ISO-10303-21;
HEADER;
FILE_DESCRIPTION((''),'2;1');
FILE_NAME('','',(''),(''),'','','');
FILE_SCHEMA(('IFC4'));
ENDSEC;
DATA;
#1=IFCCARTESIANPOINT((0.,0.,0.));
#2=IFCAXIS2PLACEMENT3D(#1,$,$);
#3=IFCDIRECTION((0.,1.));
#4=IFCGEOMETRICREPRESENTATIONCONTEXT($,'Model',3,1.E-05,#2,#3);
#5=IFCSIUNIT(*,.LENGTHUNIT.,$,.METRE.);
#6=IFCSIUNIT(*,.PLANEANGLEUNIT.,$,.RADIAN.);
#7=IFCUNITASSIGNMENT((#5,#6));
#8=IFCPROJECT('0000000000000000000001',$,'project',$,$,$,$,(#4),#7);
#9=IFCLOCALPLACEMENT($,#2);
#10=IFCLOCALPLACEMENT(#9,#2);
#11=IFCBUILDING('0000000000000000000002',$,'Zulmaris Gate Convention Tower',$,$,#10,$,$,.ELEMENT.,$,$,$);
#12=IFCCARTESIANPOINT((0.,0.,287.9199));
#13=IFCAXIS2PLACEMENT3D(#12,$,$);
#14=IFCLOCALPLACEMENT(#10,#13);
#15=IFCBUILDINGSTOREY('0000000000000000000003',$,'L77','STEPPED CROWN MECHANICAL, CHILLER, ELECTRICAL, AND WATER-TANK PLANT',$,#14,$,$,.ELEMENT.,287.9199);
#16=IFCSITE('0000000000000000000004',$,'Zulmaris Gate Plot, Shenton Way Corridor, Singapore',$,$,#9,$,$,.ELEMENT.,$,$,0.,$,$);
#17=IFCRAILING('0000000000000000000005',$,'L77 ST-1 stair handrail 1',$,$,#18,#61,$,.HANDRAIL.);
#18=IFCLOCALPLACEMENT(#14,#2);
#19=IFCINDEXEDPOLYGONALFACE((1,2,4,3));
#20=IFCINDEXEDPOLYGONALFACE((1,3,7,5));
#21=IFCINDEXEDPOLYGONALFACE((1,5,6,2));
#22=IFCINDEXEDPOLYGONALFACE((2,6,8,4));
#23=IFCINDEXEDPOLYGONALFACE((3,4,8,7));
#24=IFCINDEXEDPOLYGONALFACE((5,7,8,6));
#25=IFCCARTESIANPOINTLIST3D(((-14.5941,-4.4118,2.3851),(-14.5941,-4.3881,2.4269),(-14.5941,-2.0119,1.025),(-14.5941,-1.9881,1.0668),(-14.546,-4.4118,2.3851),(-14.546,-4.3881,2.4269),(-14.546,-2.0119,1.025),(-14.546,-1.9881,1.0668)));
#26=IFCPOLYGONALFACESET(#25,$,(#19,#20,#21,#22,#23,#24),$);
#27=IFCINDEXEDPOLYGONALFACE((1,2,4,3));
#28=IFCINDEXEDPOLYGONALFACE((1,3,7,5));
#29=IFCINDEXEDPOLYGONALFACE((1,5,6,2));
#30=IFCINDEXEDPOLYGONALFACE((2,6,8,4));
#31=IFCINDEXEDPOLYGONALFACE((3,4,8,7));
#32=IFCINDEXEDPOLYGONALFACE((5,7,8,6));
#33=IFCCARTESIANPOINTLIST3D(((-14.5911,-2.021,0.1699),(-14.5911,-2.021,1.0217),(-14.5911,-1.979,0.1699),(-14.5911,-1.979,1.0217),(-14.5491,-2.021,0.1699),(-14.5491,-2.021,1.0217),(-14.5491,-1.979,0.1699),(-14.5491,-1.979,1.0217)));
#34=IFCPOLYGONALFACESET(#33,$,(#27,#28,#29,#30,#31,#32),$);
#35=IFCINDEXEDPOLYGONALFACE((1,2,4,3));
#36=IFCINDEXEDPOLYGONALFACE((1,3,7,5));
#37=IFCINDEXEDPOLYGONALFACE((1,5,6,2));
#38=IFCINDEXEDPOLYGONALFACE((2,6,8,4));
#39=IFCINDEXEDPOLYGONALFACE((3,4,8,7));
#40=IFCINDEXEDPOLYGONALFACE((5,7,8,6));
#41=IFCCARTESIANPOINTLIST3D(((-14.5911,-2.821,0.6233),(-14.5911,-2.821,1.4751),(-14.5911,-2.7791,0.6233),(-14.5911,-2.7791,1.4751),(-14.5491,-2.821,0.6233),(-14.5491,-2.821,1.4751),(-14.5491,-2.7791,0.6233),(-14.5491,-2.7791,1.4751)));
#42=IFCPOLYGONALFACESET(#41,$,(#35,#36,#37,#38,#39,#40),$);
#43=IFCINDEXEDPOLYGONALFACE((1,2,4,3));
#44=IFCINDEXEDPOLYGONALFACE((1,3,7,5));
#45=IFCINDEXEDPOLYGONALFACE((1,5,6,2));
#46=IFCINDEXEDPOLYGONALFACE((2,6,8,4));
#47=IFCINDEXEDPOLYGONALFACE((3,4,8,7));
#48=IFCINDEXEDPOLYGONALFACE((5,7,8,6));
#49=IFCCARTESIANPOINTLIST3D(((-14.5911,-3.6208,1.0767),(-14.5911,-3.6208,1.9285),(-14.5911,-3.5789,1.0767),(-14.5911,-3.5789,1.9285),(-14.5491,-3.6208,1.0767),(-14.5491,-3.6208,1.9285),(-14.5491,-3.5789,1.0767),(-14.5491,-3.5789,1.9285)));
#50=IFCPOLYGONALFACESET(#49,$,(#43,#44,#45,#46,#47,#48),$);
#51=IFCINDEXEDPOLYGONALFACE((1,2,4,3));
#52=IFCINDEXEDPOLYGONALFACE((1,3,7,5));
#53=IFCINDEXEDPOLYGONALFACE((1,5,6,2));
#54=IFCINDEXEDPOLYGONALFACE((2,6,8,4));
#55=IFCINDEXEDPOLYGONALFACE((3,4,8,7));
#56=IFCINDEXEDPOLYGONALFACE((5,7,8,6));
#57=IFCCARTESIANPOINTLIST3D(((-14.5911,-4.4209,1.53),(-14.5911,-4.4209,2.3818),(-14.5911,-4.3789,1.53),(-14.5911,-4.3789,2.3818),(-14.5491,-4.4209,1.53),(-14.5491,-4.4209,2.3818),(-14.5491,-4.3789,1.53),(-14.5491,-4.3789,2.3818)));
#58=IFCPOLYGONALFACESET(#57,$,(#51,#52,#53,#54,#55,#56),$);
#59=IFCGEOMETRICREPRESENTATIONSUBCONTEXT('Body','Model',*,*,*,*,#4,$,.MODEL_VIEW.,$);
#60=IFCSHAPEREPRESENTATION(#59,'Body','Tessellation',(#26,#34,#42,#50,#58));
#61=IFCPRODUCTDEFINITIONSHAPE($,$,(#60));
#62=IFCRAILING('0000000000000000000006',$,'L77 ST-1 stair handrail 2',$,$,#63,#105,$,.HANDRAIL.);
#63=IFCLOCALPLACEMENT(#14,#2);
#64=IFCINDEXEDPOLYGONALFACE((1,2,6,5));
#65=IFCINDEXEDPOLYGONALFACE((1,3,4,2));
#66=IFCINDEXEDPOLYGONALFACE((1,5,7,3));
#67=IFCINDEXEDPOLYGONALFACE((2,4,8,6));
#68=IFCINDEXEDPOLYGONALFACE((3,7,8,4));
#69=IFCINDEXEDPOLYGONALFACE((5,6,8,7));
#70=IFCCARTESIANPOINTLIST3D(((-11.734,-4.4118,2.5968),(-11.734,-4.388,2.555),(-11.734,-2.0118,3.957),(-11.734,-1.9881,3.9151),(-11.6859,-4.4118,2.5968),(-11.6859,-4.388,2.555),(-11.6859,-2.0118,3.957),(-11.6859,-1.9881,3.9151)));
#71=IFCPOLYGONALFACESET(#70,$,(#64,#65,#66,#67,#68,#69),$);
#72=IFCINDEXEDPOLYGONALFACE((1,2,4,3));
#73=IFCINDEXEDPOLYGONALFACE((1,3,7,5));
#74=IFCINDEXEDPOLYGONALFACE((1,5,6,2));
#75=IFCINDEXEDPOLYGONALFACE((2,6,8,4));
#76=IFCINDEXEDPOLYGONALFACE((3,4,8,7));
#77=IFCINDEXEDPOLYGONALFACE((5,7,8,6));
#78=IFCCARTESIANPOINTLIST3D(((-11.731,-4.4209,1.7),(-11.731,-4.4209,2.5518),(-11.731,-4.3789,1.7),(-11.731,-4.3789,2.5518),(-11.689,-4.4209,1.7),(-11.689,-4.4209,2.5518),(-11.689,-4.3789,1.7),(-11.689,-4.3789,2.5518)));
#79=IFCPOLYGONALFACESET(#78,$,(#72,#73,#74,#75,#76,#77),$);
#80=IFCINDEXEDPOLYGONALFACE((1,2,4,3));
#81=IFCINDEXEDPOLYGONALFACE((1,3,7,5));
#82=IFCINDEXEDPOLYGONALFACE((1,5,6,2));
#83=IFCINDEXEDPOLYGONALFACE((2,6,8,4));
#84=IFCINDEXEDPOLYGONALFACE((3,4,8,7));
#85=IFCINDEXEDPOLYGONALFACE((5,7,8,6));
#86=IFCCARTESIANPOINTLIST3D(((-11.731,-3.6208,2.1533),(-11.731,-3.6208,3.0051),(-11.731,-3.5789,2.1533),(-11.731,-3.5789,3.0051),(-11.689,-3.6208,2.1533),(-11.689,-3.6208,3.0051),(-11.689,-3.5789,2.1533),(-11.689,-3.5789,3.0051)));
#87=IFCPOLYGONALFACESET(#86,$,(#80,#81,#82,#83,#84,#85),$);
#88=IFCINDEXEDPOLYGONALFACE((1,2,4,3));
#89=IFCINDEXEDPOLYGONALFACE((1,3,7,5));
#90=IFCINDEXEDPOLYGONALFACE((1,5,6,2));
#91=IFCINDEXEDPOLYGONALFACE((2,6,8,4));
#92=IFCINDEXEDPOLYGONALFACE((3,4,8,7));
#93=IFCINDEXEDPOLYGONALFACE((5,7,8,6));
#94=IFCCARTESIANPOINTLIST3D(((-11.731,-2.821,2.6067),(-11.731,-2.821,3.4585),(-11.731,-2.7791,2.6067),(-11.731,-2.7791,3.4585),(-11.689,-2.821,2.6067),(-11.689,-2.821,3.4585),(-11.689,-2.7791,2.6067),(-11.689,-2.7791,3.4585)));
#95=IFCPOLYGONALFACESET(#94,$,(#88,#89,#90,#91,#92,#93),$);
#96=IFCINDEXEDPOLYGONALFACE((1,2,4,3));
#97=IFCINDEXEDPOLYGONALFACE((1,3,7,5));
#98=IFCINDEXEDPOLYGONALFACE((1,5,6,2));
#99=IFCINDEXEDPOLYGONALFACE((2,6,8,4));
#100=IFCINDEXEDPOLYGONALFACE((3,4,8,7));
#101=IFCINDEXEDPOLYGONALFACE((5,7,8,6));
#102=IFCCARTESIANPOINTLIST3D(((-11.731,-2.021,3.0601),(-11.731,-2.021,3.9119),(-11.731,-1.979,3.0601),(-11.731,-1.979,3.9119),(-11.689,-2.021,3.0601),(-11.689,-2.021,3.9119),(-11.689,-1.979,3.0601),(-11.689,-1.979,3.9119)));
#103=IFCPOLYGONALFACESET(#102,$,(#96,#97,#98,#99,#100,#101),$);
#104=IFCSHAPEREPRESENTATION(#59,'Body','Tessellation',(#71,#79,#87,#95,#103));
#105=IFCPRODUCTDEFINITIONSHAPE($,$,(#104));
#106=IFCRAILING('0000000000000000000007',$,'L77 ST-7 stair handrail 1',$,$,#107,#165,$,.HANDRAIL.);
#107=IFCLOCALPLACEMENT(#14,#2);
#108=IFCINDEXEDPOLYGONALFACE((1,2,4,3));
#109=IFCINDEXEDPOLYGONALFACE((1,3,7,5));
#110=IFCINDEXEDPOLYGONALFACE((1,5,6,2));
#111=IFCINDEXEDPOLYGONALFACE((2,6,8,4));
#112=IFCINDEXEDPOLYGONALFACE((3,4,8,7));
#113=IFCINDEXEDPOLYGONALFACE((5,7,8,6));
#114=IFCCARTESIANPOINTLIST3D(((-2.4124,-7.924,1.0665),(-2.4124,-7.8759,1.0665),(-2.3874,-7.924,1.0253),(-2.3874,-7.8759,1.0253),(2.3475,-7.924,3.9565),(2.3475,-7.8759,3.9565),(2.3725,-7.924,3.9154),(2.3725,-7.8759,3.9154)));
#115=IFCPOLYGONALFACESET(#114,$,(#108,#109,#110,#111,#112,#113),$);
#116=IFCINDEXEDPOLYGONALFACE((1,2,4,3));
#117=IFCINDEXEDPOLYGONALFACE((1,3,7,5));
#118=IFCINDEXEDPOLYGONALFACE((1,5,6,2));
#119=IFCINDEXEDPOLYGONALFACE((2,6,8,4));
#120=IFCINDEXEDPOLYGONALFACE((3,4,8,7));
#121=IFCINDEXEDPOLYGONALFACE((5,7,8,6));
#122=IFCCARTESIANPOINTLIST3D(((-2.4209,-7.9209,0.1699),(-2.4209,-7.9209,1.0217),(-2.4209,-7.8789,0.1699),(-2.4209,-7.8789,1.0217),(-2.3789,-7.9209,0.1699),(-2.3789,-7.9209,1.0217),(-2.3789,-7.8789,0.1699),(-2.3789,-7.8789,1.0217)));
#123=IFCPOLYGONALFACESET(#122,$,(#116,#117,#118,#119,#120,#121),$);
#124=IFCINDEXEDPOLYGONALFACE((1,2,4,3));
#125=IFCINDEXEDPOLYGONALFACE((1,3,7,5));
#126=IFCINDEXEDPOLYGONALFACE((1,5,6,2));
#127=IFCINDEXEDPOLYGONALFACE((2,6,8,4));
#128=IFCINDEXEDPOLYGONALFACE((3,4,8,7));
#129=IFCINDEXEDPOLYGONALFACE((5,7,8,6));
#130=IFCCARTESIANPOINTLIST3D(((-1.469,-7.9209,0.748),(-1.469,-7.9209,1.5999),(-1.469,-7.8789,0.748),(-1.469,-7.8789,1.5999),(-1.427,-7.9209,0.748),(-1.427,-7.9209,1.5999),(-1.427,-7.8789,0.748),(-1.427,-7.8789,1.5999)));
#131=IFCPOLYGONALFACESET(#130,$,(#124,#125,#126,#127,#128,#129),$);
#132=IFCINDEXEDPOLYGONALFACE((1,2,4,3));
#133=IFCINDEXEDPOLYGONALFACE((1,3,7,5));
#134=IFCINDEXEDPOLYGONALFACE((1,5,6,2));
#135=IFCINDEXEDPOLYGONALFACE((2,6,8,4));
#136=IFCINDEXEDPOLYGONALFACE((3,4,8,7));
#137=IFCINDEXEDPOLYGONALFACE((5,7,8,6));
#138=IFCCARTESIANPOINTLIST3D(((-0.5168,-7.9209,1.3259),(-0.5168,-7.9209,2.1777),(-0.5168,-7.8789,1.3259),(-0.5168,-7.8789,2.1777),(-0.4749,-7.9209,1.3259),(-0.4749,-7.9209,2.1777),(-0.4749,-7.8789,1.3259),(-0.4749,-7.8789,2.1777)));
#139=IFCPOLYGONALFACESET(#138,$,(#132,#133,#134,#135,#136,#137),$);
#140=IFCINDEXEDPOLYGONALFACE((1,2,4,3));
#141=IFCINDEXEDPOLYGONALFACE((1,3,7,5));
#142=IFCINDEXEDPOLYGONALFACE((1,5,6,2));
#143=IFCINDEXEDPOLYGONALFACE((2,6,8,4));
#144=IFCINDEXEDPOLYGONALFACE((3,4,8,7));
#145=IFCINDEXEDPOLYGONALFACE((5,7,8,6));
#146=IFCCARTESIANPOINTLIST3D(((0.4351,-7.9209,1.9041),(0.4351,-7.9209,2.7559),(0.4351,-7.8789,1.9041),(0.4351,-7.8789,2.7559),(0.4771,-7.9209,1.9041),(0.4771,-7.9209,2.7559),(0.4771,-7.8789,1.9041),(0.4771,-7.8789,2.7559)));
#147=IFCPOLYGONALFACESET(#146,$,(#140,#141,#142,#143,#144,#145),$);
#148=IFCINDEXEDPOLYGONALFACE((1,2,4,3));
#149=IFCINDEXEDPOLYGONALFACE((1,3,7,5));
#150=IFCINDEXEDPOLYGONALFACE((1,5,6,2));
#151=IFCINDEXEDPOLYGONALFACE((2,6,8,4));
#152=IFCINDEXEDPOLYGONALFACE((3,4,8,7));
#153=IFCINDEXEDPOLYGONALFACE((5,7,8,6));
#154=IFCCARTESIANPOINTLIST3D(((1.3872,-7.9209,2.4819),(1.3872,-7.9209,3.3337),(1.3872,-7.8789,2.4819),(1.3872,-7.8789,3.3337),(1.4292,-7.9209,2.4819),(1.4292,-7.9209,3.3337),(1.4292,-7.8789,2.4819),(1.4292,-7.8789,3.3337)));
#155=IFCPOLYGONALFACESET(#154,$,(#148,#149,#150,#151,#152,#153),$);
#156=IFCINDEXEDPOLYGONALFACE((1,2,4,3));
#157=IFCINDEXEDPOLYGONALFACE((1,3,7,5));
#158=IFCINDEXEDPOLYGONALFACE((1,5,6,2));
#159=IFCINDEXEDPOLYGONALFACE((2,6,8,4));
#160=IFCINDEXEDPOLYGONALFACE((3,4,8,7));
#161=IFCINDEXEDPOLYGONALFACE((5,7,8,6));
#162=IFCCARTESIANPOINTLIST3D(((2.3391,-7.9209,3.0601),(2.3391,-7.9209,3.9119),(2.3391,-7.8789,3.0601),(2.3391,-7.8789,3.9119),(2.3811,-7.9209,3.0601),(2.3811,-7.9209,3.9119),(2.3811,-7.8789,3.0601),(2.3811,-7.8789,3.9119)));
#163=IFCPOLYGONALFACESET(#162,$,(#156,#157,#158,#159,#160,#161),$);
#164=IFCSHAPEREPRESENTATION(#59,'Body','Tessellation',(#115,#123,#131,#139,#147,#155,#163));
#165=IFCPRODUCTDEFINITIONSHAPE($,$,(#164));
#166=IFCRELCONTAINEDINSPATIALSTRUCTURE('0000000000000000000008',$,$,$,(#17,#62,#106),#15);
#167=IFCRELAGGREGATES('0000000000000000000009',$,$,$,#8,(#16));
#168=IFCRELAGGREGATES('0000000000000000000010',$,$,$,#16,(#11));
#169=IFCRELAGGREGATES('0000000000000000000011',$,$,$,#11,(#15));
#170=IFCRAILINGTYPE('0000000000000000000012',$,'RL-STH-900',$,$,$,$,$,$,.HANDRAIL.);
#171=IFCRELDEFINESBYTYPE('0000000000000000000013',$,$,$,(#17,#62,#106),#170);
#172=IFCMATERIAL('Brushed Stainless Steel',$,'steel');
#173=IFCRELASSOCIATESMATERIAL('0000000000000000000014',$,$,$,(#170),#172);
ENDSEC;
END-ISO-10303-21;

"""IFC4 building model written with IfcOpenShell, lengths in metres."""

from ifc_helpers import new_model, si_unit, direction, frame, origin, origin_2d, place, context, subcontext, project, spatial, rectangle, extrude, material, type_object, element, save


model = new_model("IFC4")

# Units and contexts
model_context = context("Model", 3, precision=1e-05, world=origin(), true_north=direction((0.0, 1.0)))
body_context = subcontext(model_context, "Body", "Model", "MODEL_VIEW")
ifc_project = project(units=[si_unit("LENGTHUNIT", "METRE"), si_unit("PLANEANGLEUNIT", "RADIAN")], contexts=[model_context])

# Site, building, storey
site_placement = place(None, origin())
site = spatial("IfcSite", under=ifc_project, at=site_placement, Name="Zulmaris Gate Plot, Shenton Way Corridor, Singapore", CompositionType="ELEMENT", RefElevation=0.0)
building_placement = place(site_placement, origin())
building = spatial("IfcBuilding", under=site, at=building_placement, Name="Zulmaris Gate Convention Tower", CompositionType="ELEMENT")
storey_placement = place(building_placement, frame((0.0, 0.0, 287.9199)))
storey = spatial("IfcBuildingStorey", under=building, at=storey_placement, Name="L77", Description="STEPPED CROWN MECHANICAL, CHILLER, ELECTRICAL, AND WATER-TANK PLANT", CompositionType="ELEMENT", Elevation=287.9199)

# Railings
ifc_material_1 = material(Name="Brushed Stainless Steel", Category="steel")
railing_type_1 = type_object("IfcRailingType", Name="RL-STH-900", PredefinedType="HANDRAIL", material=ifc_material_1)
railing_1_placement = place(storey_placement, frame((-14.5701, -2.0, 0.1699)))
element("IfcRailing", 1, at=railing_1_placement, inside=storey, type_object=railing_type_1, Name="L77 ST-1 stair handrail 1", PredefinedType="HANDRAIL", context=body_context, shape_type="SweptSolid", body=[
    extrude(rectangle(XDim=0.0481, YDim=0.0481, at=origin_2d()), frame((0.0, 0.0, 0.876), z_axis=(0.0, -0.869997, 0.493057), x_axis=(1.0, 0.0, 0.0)), (0.0, 0.0, 1.0), 2.7585),
    extrude(rectangle(XDim=0.042, YDim=0.042, at=origin_2d()), origin(), (0.0, 0.0, 1.0), 0.8518),
    extrude(rectangle(XDim=0.042, YDim=0.042, at=origin_2d()), frame((0.0, -0.8, 0.4534)), (0.0, 0.0, 1.0), 0.8518),
    extrude(rectangle(XDim=0.042, YDim=0.042, at=origin_2d()), frame((0.0, -1.5999, 0.9067)), (0.0, 0.0, 1.0), 0.8518),
    extrude(rectangle(XDim=0.042, YDim=0.042, at=origin_2d()), frame((0.0, -2.3999, 1.3601)), (0.0, 0.0, 1.0), 0.8518),
])
railing_2_placement = place(storey_placement, frame((-11.71, -4.3999, 1.7)))
element("IfcRailing", 2, at=railing_2_placement, inside=storey, type_object=railing_type_1, Name="L77 ST-1 stair handrail 2", PredefinedType="HANDRAIL", context=body_context, shape_type="SweptSolid", body=[
    extrude(rectangle(XDim=0.0481, YDim=0.0481, at=origin_2d()), frame((0.0, 0.0, 0.876), z_axis=(0.0, 0.869997, 0.493057), x_axis=(-1.0, 0.0, 0.0)), (0.0, 0.0, 1.0), 2.7585),
    extrude(rectangle(XDim=0.042, YDim=0.042, at=origin_2d()), origin(), (0.0, 0.0, 1.0), 0.8518),
    extrude(rectangle(XDim=0.042, YDim=0.042, at=origin_2d()), frame((0.0, 0.8, 0.4534)), (0.0, 0.0, 1.0), 0.8518),
    extrude(rectangle(XDim=0.042, YDim=0.042, at=origin_2d()), frame((0.0, 1.5999, 0.9067)), (0.0, 0.0, 1.0), 0.8518),
    extrude(rectangle(XDim=0.042, YDim=0.042, at=origin_2d()), frame((0.0, 2.3999, 1.3601)), (0.0, 0.0, 1.0), 0.8518),
])
railing_3_placement = place(storey_placement, frame((-2.3999, -7.8999, 0.1699)))
element("IfcRailing", 3, at=railing_3_placement, inside=storey, type_object=railing_type_1, Name="L77 ST-7 stair handrail 1", PredefinedType="HANDRAIL", context=body_context, shape_type="SweptSolid", body=[
    extrude(rectangle(XDim=0.0481, YDim=0.0481, at=origin_2d()), frame((0.0, 0.0, 0.876), z_axis=(0.854777, 0.0, 0.518995), x_axis=(0.0, 1.0, 0.0)), (0.0, 0.0, 1.0), 5.5686),
    extrude(rectangle(XDim=0.042, YDim=0.042, at=origin_2d()), origin(), (0.0, 0.0, 1.0), 0.8518),
    extrude(rectangle(XDim=0.042, YDim=0.042, at=origin_2d()), frame((0.9519, 0.0, 0.5781)), (0.0, 0.0, 1.0), 0.8518),
    extrude(rectangle(XDim=0.042, YDim=0.042, at=origin_2d()), frame((1.9041, 0.0, 1.156)), (0.0, 0.0, 1.0), 0.8518),
    extrude(rectangle(XDim=0.042, YDim=0.042, at=origin_2d()), frame((2.856, 0.0, 1.7341)), (0.0, 0.0, 1.0), 0.8518),
    extrude(rectangle(XDim=0.042, YDim=0.042, at=origin_2d()), frame((3.8081, 0.0, 2.312)), (0.0, 0.0, 1.0), 0.8518),
    extrude(rectangle(XDim=0.042, YDim=0.042, at=origin_2d()), frame((4.76, 0.0, 2.8901)), (0.0, 0.0, 1.0), 0.8518),
])

save(model, "model.ifc")
